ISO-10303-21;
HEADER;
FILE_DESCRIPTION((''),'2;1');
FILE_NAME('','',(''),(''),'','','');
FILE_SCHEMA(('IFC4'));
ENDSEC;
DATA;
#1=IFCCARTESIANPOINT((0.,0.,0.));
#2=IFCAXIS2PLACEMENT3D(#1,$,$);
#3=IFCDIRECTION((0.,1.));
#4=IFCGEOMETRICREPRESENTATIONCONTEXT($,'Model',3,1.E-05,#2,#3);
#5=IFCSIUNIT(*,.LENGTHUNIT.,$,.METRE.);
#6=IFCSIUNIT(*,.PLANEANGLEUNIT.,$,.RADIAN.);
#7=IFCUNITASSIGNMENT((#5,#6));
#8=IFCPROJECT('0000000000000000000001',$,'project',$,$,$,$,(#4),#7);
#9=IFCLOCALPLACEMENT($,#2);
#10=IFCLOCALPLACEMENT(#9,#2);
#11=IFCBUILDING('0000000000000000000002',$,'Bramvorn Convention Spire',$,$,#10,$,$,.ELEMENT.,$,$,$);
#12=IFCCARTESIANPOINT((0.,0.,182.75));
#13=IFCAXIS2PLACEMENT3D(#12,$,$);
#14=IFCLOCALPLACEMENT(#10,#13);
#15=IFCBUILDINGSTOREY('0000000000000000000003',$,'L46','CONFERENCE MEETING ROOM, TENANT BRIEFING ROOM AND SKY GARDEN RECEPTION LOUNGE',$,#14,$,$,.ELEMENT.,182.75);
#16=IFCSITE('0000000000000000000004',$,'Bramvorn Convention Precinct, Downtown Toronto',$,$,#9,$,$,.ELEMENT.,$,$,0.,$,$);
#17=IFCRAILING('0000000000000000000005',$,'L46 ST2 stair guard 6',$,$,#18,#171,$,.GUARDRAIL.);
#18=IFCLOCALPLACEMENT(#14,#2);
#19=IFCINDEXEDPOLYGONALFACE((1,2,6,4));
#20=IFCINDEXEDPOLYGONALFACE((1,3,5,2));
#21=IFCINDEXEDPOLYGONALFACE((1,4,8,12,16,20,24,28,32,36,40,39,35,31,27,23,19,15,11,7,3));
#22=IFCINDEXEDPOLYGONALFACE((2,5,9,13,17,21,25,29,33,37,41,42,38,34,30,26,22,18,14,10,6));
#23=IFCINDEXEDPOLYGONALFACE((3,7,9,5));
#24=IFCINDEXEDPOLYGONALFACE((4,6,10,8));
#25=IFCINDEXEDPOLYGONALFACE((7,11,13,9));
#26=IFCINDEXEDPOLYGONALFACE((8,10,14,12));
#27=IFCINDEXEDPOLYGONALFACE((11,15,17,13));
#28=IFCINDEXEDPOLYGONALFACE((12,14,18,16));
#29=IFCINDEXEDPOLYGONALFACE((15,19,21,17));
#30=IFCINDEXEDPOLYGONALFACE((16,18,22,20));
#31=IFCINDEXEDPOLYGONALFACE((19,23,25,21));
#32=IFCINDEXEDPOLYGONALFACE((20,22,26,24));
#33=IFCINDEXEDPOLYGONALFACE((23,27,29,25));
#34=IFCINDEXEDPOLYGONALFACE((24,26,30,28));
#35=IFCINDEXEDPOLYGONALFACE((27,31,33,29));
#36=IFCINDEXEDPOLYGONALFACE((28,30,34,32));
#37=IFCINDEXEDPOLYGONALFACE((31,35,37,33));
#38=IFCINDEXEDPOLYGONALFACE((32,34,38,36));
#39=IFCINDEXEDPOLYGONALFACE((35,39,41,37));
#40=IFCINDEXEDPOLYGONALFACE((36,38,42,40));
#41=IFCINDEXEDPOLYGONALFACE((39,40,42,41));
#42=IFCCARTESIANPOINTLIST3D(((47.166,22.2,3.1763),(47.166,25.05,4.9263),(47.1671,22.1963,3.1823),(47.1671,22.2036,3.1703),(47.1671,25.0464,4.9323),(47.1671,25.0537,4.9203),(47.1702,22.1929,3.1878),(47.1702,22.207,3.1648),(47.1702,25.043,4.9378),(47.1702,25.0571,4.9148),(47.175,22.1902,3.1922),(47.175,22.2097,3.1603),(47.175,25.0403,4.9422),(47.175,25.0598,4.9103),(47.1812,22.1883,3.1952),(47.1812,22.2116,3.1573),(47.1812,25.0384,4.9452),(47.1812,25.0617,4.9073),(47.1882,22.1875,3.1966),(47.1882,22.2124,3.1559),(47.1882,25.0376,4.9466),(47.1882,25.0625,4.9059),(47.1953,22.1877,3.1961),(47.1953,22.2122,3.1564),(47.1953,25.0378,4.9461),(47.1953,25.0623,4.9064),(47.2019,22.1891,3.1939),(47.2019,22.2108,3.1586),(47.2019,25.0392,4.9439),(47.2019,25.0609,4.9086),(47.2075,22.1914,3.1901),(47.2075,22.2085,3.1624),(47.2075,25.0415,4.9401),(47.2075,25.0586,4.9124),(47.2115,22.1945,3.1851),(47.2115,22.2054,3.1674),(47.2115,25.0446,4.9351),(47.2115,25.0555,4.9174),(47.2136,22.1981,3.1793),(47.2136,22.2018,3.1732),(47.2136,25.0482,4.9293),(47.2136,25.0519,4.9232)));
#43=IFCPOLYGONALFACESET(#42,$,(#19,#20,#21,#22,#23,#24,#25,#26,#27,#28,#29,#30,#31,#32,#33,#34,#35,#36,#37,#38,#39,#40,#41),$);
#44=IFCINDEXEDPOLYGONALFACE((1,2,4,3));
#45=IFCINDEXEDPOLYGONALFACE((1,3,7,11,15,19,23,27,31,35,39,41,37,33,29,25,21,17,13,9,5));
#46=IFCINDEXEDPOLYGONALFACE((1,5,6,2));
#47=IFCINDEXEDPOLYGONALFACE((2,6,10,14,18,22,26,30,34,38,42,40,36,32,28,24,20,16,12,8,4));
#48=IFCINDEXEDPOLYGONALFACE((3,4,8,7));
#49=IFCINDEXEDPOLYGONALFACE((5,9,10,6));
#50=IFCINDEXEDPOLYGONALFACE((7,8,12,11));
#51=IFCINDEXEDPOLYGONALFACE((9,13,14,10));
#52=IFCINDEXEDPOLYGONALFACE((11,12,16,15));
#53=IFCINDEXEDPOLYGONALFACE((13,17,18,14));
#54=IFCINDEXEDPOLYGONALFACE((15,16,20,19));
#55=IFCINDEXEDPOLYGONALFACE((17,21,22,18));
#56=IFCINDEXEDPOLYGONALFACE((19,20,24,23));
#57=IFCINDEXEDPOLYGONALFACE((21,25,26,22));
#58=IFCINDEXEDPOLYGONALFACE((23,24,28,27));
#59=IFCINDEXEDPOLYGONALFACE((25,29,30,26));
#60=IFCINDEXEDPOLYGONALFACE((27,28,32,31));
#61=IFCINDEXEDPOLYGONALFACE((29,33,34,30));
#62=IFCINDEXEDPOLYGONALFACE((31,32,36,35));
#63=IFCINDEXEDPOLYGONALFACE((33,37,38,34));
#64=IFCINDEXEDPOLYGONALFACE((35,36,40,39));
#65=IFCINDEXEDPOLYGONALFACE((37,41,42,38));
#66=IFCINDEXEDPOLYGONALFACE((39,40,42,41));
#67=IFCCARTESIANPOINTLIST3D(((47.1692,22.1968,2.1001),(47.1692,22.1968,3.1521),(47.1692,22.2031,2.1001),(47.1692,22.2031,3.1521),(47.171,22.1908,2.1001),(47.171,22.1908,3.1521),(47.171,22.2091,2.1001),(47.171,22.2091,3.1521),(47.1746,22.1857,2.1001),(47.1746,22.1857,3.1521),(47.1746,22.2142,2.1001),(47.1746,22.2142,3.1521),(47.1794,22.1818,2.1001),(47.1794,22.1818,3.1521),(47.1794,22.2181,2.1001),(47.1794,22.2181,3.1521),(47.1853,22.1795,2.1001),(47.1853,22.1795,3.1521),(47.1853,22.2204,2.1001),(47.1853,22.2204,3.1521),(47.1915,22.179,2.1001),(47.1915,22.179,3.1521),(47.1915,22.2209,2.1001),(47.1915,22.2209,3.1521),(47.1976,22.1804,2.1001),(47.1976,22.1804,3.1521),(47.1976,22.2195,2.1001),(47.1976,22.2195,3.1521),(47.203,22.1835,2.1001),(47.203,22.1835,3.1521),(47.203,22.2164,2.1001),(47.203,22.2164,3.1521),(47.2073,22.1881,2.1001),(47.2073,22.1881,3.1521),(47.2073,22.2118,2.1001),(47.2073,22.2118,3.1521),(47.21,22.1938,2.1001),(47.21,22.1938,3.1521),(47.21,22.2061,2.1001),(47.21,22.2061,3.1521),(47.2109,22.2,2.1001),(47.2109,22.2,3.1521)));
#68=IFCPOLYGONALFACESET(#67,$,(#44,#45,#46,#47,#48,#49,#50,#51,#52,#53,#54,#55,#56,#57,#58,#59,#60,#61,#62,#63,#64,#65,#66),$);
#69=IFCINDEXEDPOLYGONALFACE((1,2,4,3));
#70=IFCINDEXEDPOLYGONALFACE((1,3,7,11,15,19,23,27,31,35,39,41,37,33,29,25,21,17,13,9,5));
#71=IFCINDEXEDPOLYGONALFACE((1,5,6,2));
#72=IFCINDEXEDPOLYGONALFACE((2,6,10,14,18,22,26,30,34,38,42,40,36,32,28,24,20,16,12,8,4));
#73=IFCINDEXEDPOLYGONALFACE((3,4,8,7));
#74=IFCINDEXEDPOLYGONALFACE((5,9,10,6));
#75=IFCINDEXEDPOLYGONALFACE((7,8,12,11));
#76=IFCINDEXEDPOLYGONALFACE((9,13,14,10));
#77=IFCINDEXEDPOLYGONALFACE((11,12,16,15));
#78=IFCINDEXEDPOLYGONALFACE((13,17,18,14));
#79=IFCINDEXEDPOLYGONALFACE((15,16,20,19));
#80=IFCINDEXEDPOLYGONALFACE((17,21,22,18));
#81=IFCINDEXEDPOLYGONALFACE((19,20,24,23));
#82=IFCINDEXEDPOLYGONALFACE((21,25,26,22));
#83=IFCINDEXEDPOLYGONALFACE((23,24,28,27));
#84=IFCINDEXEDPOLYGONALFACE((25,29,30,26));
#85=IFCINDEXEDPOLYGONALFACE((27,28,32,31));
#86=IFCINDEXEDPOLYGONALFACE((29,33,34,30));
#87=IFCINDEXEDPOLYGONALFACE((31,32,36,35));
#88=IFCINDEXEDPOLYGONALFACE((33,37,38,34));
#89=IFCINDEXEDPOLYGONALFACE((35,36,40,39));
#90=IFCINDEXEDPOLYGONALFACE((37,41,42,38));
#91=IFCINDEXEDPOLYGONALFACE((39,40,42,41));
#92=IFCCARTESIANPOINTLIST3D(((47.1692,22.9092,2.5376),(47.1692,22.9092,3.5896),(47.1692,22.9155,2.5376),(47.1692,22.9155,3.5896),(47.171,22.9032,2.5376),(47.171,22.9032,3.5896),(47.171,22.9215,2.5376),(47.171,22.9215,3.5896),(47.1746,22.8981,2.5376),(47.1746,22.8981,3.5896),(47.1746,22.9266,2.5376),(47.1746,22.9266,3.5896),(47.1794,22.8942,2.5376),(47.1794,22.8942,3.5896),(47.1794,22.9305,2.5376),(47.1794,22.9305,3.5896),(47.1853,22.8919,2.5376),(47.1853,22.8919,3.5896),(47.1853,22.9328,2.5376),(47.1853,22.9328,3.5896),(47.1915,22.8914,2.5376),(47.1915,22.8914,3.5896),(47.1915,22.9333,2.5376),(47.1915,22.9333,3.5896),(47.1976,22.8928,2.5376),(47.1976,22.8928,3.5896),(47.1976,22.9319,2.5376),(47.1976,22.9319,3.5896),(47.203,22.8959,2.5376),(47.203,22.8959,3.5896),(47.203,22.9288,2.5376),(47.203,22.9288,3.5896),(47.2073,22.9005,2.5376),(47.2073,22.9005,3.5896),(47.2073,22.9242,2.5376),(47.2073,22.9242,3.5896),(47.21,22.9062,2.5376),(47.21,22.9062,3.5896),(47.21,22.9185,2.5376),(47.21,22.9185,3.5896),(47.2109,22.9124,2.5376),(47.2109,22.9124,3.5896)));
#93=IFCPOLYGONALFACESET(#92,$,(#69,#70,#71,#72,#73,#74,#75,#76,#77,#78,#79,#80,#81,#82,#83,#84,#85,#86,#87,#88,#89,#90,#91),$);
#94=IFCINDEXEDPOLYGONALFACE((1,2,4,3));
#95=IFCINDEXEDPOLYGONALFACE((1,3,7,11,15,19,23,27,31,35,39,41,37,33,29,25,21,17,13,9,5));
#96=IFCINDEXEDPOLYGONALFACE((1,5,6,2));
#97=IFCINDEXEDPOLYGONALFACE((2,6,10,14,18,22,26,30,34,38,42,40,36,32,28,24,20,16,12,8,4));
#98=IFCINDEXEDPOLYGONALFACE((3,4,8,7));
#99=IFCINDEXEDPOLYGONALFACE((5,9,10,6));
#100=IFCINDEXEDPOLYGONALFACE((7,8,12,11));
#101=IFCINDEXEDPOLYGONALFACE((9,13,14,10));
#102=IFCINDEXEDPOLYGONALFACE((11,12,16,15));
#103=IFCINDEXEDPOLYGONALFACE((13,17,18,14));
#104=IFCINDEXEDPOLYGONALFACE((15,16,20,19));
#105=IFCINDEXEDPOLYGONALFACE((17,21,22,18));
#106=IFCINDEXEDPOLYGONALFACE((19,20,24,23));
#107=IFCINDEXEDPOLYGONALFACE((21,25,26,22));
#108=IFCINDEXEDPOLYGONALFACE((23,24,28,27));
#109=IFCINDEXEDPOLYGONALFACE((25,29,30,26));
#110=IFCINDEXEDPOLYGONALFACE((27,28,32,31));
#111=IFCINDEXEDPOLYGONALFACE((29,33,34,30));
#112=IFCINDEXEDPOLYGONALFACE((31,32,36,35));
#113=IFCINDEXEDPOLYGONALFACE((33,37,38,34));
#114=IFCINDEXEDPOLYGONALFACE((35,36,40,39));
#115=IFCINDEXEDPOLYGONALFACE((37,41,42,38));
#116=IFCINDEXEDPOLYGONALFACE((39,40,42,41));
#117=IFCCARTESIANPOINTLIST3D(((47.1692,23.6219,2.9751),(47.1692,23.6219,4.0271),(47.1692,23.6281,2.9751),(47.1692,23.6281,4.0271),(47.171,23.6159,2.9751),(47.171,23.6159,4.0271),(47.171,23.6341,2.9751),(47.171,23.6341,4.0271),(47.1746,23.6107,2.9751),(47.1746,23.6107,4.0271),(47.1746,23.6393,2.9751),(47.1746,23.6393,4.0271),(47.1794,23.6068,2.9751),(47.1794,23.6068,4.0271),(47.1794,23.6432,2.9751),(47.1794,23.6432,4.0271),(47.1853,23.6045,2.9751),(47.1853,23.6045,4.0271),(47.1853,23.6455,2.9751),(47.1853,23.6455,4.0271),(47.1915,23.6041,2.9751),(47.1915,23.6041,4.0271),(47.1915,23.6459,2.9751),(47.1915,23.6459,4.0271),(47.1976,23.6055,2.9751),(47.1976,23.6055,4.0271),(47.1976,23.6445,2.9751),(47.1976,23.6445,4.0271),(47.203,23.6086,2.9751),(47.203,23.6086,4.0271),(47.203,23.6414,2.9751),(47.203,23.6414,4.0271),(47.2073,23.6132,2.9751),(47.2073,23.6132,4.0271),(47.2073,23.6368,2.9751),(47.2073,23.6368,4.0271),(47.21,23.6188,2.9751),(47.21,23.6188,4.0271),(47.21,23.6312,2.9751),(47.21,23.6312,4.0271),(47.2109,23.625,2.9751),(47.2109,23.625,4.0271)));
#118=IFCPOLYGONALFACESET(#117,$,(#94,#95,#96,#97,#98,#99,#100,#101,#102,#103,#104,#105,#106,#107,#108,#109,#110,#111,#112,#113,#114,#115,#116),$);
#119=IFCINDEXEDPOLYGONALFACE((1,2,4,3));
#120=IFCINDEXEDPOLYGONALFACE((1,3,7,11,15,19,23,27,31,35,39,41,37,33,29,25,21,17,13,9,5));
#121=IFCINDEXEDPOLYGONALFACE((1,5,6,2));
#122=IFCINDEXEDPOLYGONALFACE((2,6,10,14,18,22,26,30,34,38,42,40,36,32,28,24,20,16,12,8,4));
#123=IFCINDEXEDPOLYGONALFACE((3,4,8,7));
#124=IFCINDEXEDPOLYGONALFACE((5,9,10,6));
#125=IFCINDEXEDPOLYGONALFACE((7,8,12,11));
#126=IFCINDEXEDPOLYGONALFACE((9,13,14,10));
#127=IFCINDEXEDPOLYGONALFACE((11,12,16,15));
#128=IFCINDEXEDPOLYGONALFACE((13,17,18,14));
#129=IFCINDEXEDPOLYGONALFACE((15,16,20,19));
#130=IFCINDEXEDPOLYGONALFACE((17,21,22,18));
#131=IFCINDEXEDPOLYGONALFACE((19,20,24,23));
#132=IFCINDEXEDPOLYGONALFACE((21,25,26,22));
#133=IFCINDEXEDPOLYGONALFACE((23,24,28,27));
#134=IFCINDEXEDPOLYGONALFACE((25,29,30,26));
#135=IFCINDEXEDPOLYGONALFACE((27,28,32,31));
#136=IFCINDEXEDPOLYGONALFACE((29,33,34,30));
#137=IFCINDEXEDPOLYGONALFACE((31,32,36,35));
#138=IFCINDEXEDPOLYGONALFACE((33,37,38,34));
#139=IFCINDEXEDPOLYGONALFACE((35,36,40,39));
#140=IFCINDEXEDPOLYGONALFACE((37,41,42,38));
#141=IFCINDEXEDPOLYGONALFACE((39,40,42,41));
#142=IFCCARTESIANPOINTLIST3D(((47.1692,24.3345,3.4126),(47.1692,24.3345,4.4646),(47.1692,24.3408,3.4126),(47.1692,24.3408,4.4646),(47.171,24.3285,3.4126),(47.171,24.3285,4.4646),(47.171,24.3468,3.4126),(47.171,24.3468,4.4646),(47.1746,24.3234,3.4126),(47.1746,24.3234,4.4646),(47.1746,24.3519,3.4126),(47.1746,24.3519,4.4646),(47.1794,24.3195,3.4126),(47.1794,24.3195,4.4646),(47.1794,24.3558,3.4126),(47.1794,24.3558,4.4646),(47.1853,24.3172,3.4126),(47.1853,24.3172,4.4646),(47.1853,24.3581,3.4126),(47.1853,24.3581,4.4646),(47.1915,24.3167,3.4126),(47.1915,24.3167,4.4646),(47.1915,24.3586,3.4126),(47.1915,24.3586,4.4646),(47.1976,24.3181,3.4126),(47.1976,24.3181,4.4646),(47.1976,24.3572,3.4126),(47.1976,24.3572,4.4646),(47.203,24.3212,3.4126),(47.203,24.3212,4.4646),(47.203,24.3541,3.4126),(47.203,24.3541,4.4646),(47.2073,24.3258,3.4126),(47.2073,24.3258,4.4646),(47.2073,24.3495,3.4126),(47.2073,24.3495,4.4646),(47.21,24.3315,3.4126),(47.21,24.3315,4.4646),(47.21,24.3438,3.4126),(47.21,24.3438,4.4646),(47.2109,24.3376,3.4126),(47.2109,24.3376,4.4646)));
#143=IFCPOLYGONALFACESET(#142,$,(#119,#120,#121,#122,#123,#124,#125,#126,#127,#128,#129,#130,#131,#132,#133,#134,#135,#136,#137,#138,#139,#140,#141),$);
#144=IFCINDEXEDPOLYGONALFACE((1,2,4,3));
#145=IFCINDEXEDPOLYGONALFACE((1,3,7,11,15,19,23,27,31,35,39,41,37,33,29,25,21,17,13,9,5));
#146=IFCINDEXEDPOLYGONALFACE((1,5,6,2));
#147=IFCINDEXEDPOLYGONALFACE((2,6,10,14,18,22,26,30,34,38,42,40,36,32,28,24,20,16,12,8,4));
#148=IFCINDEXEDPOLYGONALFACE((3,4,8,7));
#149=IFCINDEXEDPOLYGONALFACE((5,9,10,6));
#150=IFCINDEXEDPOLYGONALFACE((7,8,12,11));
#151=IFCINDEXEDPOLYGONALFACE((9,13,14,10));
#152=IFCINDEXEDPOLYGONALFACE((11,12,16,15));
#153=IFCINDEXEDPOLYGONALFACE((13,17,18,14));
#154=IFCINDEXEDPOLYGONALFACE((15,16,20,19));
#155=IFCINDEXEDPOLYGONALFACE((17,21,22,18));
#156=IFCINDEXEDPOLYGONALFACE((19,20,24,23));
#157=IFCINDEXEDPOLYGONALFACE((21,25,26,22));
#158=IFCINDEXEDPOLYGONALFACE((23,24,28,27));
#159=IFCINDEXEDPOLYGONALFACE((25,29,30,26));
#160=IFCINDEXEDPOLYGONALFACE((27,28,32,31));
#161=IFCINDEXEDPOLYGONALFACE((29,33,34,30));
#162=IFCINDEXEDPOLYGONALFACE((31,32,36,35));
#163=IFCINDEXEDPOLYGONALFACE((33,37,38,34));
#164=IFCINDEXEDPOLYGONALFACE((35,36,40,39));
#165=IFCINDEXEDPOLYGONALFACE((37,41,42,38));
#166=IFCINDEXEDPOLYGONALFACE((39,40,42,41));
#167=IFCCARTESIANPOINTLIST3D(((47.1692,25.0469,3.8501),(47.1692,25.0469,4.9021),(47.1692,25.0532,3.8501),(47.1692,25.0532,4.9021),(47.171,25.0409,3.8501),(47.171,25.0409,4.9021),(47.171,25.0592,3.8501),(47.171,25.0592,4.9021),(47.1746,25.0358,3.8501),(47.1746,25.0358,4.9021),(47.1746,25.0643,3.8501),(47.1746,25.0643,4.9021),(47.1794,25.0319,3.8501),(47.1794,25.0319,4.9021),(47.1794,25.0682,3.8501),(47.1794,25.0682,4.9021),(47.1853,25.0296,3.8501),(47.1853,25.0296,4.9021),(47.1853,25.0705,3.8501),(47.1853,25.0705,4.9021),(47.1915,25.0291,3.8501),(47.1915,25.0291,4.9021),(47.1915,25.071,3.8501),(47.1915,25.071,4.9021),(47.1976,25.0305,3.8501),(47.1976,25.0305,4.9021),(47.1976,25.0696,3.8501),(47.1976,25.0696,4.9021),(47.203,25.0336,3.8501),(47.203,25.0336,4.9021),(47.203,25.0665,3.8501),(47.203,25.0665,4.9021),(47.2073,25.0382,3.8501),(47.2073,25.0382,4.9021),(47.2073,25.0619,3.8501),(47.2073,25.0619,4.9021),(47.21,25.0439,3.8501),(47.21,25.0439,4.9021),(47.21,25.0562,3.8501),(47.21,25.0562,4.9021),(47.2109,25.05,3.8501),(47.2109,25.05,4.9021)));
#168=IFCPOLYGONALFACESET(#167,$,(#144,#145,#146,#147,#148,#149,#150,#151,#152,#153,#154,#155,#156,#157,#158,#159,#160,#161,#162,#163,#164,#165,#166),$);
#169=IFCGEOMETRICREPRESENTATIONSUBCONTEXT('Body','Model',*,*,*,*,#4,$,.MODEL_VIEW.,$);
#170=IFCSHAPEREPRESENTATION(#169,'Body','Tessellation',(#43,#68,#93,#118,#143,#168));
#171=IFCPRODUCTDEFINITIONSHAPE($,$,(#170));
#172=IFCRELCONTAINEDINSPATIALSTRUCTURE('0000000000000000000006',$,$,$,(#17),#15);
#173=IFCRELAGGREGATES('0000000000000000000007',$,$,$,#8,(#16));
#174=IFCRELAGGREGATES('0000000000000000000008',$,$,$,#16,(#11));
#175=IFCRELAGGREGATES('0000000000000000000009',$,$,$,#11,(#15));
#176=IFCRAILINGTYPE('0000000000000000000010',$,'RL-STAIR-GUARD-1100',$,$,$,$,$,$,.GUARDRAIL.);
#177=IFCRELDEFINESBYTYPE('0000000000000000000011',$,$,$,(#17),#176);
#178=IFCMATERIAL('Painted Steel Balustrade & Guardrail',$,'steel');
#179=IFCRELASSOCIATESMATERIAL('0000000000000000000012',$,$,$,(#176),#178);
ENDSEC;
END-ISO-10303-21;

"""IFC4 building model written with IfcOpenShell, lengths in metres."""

from ifc_helpers import new_model, si_unit, direction, frame, origin, origin_2d, place, context, subcontext, project, spatial, circle, extrude, material, type_object, element, save


model = new_model("IFC4")

# Units and contexts
model_context = context("Model", 3, precision=1e-05, world=origin(), true_north=direction((0.0, 1.0)))
body_context = subcontext(model_context, "Body", "Model", "MODEL_VIEW")
ifc_project = project(units=[si_unit("LENGTHUNIT", "METRE"), si_unit("PLANEANGLEUNIT", "RADIAN")], contexts=[model_context])

# Site, building, storey
site_placement = place(None, origin())
site = spatial("IfcSite", under=ifc_project, at=site_placement, Name="Bramvorn Convention Precinct, Downtown Toronto", CompositionType="ELEMENT", RefElevation=0.0)
building_placement = place(site_placement, origin())
building = spatial("IfcBuilding", under=site, at=building_placement, Name="Bramvorn Convention Spire", CompositionType="ELEMENT")
storey_placement = place(building_placement, frame((0.0, 0.0, 182.75)))
storey = spatial("IfcBuildingStorey", under=building, at=storey_placement, Name="L46", Description="CONFERENCE MEETING ROOM, TENANT BRIEFING ROOM AND SKY GARDEN RECEPTION LOUNGE", CompositionType="ELEMENT", Elevation=182.75)

# Railing
ifc_material_1 = material(Name="Painted Steel Balustrade & Guardrail", Category="steel")
railing_type_1 = type_object("IfcRailingType", Name="RL-STAIR-GUARD-1100", PredefinedType="GUARDRAIL", material=ifc_material_1)
railing_1_placement = place(storey_placement, frame((47.1899, 22.2, 2.1001)))
element("IfcRailing", 1, at=railing_1_placement, inside=storey, type_object=railing_type_1, Name="L46 ST2 stair guard 6", PredefinedType="GUARDRAIL", context=body_context, shape_type="SweptSolid", body=[
    extrude(circle(Radius=0.0239, at=origin_2d()), frame((0.0, 0.0, 1.0762), z_axis=(0.0, 0.852179, 0.52325), x_axis=(-1.0, 0.0, 0.0)), (0.0, 0.0, 1.0), 3.3445),
    extrude(circle(Radius=0.021, at=origin_2d()), origin(), (0.0, 0.0, 1.0), 1.052),
    extrude(circle(Radius=0.021, at=origin_2d()), frame((0.0, 0.7124, 0.4375)), (0.0, 0.0, 1.0), 1.052),
    extrude(circle(Radius=0.021, at=origin_2d()), frame((0.0, 1.425, 0.875)), (0.0, 0.0, 1.0), 1.052),
    extrude(circle(Radius=0.021, at=origin_2d()), frame((0.0, 2.1377, 1.3125)), (0.0, 0.0, 1.0), 1.052),
    extrude(circle(Radius=0.021, at=origin_2d()), frame((0.0, 2.8501, 1.75)), (0.0, 0.0, 1.0), 1.052),
])

save(model, "model.ifc")
